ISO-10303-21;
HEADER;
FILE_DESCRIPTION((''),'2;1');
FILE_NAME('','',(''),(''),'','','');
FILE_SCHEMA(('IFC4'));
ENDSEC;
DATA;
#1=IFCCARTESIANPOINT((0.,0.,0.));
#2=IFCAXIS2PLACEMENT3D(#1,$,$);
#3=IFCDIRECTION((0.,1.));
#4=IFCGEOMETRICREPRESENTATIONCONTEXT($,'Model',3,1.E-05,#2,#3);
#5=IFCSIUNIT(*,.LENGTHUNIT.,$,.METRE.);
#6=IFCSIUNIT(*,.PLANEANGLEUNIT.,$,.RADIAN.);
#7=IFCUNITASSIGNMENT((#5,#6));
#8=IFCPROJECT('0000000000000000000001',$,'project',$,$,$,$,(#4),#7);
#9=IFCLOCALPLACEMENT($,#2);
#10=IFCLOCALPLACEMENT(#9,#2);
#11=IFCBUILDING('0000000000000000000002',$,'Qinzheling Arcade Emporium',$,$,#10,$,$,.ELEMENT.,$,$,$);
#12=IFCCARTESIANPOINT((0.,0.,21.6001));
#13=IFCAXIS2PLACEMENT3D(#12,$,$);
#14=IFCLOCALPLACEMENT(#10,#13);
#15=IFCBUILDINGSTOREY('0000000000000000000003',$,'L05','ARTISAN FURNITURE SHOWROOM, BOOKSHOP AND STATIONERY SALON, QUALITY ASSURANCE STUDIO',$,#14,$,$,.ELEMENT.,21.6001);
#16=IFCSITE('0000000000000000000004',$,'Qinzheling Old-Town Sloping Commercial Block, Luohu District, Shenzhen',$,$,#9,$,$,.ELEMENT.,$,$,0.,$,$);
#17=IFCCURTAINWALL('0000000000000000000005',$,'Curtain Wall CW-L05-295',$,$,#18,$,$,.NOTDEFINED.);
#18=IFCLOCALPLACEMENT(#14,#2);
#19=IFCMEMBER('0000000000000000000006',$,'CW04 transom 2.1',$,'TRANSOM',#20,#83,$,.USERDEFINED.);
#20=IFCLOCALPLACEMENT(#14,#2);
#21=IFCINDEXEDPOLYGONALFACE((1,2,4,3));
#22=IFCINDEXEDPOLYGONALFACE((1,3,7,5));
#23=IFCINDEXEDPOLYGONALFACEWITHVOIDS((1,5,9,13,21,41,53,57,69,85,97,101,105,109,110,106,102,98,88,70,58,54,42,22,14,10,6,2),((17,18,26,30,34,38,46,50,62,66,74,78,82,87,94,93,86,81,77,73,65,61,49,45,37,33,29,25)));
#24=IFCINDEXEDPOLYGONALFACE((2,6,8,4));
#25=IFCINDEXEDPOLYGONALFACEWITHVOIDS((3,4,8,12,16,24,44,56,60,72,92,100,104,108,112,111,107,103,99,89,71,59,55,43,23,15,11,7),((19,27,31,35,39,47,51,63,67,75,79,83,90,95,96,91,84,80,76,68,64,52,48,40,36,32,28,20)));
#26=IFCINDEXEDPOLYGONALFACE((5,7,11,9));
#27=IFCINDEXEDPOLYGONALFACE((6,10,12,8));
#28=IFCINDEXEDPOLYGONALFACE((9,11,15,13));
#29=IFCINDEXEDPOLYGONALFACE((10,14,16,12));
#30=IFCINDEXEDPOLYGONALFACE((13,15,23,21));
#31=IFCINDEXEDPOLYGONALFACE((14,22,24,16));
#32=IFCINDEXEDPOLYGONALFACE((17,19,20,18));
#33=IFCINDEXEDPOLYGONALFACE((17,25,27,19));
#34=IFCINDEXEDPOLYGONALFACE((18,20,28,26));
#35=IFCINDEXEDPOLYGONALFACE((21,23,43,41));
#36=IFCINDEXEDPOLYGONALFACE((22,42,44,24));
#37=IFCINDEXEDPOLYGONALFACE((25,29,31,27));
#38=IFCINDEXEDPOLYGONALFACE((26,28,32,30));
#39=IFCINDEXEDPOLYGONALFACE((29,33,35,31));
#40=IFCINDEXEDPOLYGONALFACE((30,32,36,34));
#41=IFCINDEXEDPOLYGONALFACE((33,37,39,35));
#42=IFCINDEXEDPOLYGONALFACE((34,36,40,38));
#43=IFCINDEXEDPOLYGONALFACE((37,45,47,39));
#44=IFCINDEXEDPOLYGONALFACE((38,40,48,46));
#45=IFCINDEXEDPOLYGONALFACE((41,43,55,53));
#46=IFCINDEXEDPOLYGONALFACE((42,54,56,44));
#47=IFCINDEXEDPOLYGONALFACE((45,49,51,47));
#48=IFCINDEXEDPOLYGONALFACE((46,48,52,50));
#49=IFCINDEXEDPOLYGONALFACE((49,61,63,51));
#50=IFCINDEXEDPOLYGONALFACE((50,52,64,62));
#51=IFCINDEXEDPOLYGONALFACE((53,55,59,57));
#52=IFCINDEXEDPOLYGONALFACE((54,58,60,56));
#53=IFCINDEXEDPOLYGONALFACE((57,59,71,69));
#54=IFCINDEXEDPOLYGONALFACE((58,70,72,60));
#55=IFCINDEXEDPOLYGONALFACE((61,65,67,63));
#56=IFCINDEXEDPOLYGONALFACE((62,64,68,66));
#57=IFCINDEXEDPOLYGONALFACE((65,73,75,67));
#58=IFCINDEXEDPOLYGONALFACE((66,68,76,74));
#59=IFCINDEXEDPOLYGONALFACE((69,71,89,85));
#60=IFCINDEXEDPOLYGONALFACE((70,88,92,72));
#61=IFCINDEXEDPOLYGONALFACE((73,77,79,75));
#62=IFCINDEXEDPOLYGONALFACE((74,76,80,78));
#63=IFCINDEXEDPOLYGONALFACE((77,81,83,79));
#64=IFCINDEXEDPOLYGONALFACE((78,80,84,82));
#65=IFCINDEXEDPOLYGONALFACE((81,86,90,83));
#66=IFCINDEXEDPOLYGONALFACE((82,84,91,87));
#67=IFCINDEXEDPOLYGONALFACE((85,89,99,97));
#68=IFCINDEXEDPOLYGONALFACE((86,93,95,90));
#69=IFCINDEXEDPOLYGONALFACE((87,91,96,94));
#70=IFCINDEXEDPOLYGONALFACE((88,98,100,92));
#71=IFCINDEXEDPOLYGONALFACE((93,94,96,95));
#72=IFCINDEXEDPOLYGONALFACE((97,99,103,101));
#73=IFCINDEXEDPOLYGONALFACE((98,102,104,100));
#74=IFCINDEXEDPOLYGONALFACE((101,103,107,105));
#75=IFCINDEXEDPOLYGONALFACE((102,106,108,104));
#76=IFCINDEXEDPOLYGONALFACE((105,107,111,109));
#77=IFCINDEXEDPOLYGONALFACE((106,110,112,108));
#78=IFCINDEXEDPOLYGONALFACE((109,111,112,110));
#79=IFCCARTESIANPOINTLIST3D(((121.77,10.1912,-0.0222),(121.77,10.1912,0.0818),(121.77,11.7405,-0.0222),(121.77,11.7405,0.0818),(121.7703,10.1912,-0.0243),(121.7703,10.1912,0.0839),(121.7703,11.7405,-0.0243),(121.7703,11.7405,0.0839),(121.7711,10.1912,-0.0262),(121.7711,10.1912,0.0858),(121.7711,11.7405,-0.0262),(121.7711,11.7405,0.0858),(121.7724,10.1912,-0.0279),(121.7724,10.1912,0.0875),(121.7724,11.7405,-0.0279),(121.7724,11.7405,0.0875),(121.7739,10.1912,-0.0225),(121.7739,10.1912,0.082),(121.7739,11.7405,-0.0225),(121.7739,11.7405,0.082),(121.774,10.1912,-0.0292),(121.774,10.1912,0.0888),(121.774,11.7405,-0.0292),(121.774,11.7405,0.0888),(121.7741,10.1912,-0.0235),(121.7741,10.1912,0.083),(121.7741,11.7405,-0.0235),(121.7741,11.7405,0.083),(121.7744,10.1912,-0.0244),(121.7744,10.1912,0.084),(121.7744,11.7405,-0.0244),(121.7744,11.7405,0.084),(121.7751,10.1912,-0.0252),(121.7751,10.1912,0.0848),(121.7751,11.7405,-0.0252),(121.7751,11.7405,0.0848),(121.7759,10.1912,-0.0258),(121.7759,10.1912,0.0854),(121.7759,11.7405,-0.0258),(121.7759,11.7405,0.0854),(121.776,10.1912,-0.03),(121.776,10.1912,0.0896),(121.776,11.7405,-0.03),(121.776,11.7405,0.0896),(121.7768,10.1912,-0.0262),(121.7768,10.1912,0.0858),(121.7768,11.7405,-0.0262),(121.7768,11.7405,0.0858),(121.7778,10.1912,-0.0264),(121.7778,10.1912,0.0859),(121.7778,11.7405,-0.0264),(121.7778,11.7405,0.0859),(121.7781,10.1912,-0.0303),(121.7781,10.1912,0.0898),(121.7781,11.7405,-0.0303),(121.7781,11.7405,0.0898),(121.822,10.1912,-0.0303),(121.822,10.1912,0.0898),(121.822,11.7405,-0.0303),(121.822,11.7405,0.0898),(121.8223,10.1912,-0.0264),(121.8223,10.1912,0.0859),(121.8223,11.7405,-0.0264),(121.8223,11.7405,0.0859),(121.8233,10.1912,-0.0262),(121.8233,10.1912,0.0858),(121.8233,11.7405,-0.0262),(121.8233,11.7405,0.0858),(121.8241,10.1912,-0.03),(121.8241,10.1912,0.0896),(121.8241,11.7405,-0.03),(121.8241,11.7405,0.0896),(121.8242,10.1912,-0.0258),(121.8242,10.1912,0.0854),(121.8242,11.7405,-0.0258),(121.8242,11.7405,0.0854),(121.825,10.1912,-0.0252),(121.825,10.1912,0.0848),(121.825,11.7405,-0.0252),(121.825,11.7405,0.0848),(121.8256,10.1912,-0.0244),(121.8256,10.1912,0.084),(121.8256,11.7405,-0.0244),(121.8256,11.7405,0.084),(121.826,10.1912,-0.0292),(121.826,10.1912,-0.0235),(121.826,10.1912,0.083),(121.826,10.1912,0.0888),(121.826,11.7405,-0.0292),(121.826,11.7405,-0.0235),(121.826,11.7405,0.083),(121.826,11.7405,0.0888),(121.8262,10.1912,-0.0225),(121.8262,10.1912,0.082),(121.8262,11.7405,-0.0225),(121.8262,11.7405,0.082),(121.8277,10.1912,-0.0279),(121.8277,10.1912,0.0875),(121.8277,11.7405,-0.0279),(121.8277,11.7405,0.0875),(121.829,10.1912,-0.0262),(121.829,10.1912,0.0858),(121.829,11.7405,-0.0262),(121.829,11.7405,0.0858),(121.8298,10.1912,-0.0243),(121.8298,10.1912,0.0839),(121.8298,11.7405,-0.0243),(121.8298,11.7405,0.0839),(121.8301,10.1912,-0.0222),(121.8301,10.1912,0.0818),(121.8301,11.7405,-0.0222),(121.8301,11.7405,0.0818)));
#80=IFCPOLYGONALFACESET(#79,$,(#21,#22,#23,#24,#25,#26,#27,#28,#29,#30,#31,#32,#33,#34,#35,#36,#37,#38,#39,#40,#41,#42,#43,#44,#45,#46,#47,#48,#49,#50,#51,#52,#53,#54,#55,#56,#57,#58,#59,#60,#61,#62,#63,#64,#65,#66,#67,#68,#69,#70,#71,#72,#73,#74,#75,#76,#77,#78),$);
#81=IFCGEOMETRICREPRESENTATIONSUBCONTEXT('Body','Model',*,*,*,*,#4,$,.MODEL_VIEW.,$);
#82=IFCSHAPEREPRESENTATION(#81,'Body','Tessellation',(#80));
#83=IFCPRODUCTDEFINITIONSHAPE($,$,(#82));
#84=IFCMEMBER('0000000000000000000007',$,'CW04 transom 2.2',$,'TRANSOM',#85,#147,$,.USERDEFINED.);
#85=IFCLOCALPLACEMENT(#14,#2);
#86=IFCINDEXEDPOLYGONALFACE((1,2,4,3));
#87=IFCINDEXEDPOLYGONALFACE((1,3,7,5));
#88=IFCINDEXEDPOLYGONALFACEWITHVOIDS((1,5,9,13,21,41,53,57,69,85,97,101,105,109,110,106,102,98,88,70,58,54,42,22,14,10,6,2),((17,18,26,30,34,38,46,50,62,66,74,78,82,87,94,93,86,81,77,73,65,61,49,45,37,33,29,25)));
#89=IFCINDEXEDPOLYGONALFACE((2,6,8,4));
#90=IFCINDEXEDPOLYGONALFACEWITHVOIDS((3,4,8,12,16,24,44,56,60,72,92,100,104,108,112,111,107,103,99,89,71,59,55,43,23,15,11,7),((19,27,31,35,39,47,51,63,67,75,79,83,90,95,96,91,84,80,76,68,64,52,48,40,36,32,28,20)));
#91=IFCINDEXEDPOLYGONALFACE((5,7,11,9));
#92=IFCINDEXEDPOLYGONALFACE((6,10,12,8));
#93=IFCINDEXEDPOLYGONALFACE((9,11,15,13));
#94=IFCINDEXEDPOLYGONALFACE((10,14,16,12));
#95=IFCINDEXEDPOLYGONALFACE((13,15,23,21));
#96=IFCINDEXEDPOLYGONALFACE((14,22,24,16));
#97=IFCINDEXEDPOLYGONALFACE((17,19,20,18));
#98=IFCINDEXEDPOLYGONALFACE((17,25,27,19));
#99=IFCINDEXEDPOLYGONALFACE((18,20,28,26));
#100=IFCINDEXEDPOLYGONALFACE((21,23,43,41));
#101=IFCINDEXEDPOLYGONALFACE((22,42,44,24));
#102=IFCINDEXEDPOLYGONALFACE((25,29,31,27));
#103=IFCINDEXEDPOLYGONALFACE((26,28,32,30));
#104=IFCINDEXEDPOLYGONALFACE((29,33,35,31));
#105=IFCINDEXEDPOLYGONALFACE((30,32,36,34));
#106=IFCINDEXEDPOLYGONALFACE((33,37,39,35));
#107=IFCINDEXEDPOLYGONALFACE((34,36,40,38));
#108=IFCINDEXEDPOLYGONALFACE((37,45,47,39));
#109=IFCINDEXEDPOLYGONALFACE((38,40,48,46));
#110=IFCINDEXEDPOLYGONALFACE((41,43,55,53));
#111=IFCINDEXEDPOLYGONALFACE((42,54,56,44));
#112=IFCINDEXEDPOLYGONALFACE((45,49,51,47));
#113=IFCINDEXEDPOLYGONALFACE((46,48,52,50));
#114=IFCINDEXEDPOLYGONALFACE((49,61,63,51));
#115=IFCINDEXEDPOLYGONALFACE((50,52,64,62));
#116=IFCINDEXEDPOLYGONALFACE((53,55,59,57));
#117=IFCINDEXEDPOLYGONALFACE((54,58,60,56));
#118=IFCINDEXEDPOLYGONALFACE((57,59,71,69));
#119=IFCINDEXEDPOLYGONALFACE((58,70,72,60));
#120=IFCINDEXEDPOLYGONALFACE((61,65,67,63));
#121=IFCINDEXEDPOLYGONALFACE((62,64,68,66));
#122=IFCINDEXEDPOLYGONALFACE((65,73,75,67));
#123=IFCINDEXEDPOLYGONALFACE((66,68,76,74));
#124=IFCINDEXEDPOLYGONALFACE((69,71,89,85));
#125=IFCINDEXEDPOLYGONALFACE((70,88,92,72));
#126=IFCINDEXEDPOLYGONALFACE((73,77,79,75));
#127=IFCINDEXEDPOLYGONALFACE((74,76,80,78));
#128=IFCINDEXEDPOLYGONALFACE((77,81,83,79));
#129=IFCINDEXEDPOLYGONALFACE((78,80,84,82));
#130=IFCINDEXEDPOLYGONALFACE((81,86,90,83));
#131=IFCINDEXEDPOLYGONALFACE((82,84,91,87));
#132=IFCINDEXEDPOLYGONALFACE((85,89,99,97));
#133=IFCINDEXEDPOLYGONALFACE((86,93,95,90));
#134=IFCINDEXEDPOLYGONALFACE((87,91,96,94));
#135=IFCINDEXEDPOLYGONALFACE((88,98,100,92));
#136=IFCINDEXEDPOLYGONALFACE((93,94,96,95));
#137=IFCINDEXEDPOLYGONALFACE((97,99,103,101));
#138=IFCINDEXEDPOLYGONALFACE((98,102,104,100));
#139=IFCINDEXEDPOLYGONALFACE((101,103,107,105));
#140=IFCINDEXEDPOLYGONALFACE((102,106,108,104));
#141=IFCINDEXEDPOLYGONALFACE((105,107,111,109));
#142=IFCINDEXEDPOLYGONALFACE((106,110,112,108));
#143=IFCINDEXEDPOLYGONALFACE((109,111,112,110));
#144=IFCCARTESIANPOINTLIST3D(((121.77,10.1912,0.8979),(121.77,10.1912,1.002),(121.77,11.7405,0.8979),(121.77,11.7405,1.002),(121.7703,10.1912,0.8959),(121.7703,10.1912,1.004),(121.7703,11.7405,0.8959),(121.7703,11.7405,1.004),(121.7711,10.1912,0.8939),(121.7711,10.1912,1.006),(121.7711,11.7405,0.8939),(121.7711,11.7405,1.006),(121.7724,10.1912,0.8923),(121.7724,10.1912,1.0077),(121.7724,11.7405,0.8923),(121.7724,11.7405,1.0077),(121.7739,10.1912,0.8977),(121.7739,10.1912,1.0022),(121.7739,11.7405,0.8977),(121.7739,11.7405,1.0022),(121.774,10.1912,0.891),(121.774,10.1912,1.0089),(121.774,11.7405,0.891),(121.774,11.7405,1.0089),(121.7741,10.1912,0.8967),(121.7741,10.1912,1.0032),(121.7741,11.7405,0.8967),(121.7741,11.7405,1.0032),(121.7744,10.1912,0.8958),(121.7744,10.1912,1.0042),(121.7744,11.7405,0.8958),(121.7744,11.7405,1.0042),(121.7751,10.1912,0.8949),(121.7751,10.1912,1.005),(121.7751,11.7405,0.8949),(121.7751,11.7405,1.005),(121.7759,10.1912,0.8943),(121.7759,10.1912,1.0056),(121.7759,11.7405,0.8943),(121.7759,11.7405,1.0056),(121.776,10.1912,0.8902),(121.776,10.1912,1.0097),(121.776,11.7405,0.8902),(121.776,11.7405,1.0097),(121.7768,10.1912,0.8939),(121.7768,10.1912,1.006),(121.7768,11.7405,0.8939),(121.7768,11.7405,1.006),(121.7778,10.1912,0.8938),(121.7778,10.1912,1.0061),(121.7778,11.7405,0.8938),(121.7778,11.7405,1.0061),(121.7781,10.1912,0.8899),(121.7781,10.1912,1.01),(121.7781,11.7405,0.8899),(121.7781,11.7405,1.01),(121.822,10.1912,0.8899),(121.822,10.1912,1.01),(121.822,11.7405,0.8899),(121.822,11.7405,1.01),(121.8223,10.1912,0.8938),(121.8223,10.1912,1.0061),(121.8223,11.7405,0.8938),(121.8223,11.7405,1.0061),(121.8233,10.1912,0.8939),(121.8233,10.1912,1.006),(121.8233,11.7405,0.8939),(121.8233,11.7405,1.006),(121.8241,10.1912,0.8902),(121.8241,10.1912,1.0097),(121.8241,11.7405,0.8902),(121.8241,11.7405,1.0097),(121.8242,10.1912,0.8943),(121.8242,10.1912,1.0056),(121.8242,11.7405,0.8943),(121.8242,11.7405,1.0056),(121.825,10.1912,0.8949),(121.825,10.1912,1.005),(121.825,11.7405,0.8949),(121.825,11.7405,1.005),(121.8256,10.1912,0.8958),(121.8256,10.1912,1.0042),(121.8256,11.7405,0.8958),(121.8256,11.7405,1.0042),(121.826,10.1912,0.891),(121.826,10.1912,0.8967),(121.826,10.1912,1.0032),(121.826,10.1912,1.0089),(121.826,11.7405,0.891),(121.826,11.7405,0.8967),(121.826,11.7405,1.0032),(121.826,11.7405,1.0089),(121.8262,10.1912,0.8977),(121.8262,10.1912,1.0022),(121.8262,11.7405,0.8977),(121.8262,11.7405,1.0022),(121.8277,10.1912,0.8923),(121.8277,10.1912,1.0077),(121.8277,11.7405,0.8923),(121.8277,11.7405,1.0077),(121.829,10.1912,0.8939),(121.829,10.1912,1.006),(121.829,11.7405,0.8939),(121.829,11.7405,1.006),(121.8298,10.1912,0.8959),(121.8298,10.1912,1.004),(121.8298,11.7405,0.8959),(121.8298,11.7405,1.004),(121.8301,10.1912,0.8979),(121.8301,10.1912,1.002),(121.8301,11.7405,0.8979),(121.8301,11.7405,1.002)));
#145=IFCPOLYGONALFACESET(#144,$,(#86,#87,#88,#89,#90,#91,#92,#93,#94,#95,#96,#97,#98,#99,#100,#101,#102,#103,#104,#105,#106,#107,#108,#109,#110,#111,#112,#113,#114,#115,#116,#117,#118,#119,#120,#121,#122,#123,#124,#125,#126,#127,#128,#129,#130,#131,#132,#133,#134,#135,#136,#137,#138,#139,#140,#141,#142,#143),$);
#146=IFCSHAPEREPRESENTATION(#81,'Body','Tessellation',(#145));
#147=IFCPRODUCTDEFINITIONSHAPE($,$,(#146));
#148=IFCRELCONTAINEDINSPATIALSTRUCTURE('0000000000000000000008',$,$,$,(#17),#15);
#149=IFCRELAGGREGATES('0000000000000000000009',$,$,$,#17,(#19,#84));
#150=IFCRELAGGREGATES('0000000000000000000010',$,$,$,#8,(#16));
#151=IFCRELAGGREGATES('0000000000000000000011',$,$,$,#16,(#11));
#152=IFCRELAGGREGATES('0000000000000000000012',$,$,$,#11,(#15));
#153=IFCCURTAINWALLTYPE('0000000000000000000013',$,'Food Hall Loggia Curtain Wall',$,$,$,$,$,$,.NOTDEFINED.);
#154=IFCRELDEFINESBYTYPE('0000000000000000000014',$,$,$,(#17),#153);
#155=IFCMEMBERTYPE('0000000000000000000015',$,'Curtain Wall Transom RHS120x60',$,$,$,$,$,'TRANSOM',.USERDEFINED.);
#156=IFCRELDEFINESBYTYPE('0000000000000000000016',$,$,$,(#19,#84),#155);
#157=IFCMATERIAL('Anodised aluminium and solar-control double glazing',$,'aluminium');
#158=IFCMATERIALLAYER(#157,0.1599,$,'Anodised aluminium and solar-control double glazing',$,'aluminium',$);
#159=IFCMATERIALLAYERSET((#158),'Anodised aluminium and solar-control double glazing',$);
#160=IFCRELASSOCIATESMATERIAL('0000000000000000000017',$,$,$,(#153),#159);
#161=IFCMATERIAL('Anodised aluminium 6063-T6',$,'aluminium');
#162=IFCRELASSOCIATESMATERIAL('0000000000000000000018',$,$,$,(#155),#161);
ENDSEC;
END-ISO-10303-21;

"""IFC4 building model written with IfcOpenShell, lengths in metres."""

from ifc_helpers import new_model, si_unit, direction, frame, origin, origin_2d, place, context, subcontext, project, spatial, hollow_rectangle, extrude, material, layer, layer_set, material_profile, profile_set, type_object, element, aggregate, save


model = new_model("IFC4")

# Units and contexts
model_context = context("Model", 3, precision=1e-05, world=origin(), true_north=direction((0.0, 1.0)))
body_context = subcontext(model_context, "Body", "Model", "MODEL_VIEW")
ifc_project = project(units=[si_unit("LENGTHUNIT", "METRE"), si_unit("PLANEANGLEUNIT", "RADIAN")], contexts=[model_context])

# Site, building, storey
site_placement = place(None, origin())
site = spatial("IfcSite", under=ifc_project, at=site_placement, Name="Qinzheling Old-Town Sloping Commercial Block, Luohu District, Shenzhen", CompositionType="ELEMENT", RefElevation=0.0)
building_placement = place(site_placement, origin())
building = spatial("IfcBuilding", under=site, at=building_placement, Name="Qinzheling Arcade Emporium", CompositionType="ELEMENT")
storey_placement = place(building_placement, frame((0.0, 0.0, 21.6001)))
storey = spatial("IfcBuildingStorey", under=building, at=storey_placement, Name="L05", Description="ARTISAN FURNITURE SHOWROOM, BOOKSHOP AND STATIONERY SALON, QUALITY ASSURANCE STUDIO", CompositionType="ELEMENT", Elevation=21.6001)

# Curtain wall, members
ifc_material_1 = material(Name="Anodised aluminium and solar-control double glazing", Category="aluminium")
ifc_layer_1 = layer(ifc_material_1, 0.1599, Name="Anodised aluminium and solar-control double glazing", Category="aluminium")
ifc_layer_set_1 = layer_set([ifc_layer_1], Name="Anodised aluminium and solar-control double glazing")
curtain_wall_type = type_object("IfcCurtainWallType", Name="Food Hall Loggia Curtain Wall", PredefinedType="NOTDEFINED", material=ifc_layer_set_1)
curtain_wall_placement = place(storey_placement, origin())
curtain_wall = element("IfcCurtainWall", 1, at=curtain_wall_placement, inside=storey, type_object=curtain_wall_type, Name="Curtain Wall CW-L05-295", PredefinedType="NOTDEFINED")
ifc_material_2 = material(Name="Anodised aluminium 6063-T6", Category="aluminium")
ifc_material_profile_1 = material_profile(ifc_material_2, hollow_rectangle(XDim=0.0601, YDim=0.1201, WallThickness=0.0039, InnerFilletRadius=0.0039, OuterFilletRadius=0.0081, at=origin_2d()), Name="RHS 120x60x4", Category="aluminium")
ifc_profile_set_1 = profile_set([ifc_material_profile_1], Name="Anodised aluminium 6063-T6")
member_type_1 = type_object("IfcMemberType", Name="Curtain Wall Transom RHS120x60", ElementType="TRANSOM", PredefinedType="USERDEFINED", material=ifc_profile_set_1)
member_1_placement = place(storey_placement, frame((121.8, 10.1912, 0.0298), z_axis=(0.0, 1.0, 0.0), x_axis=(-1.0, 0.0, 0.0)))
member_1 = element("IfcMember", 2, at=member_1_placement, type_object=member_type_1, Name="CW04 transom 2.1", ObjectType="TRANSOM", PredefinedType="USERDEFINED", context=body_context, shape_type="SweptSolid", body=[
    extrude(hollow_rectangle(XDim=0.0601, YDim=0.1201, WallThickness=0.0039, InnerFilletRadius=0.0039, OuterFilletRadius=0.0081, at=origin_2d()), origin(), (0.0, 0.0, 1.0), 1.5493),
])
member_2_placement = place(storey_placement, frame((121.8, 10.1912, 0.95), z_axis=(0.0, 1.0, 0.0), x_axis=(-1.0, 0.0, 0.0)))
member_2 = element("IfcMember", 3, at=member_2_placement, type_object=member_type_1, Name="CW04 transom 2.2", ObjectType="TRANSOM", PredefinedType="USERDEFINED", context=body_context, shape_type="SweptSolid", body=[
    extrude(hollow_rectangle(XDim=0.0601, YDim=0.1201, WallThickness=0.0039, InnerFilletRadius=0.0039, OuterFilletRadius=0.0081, at=origin_2d()), origin(), (0.0, 0.0, 1.0), 1.5493),
])

aggregate(curtain_wall, [member_1, member_2])

save(model, "model.ifc")
